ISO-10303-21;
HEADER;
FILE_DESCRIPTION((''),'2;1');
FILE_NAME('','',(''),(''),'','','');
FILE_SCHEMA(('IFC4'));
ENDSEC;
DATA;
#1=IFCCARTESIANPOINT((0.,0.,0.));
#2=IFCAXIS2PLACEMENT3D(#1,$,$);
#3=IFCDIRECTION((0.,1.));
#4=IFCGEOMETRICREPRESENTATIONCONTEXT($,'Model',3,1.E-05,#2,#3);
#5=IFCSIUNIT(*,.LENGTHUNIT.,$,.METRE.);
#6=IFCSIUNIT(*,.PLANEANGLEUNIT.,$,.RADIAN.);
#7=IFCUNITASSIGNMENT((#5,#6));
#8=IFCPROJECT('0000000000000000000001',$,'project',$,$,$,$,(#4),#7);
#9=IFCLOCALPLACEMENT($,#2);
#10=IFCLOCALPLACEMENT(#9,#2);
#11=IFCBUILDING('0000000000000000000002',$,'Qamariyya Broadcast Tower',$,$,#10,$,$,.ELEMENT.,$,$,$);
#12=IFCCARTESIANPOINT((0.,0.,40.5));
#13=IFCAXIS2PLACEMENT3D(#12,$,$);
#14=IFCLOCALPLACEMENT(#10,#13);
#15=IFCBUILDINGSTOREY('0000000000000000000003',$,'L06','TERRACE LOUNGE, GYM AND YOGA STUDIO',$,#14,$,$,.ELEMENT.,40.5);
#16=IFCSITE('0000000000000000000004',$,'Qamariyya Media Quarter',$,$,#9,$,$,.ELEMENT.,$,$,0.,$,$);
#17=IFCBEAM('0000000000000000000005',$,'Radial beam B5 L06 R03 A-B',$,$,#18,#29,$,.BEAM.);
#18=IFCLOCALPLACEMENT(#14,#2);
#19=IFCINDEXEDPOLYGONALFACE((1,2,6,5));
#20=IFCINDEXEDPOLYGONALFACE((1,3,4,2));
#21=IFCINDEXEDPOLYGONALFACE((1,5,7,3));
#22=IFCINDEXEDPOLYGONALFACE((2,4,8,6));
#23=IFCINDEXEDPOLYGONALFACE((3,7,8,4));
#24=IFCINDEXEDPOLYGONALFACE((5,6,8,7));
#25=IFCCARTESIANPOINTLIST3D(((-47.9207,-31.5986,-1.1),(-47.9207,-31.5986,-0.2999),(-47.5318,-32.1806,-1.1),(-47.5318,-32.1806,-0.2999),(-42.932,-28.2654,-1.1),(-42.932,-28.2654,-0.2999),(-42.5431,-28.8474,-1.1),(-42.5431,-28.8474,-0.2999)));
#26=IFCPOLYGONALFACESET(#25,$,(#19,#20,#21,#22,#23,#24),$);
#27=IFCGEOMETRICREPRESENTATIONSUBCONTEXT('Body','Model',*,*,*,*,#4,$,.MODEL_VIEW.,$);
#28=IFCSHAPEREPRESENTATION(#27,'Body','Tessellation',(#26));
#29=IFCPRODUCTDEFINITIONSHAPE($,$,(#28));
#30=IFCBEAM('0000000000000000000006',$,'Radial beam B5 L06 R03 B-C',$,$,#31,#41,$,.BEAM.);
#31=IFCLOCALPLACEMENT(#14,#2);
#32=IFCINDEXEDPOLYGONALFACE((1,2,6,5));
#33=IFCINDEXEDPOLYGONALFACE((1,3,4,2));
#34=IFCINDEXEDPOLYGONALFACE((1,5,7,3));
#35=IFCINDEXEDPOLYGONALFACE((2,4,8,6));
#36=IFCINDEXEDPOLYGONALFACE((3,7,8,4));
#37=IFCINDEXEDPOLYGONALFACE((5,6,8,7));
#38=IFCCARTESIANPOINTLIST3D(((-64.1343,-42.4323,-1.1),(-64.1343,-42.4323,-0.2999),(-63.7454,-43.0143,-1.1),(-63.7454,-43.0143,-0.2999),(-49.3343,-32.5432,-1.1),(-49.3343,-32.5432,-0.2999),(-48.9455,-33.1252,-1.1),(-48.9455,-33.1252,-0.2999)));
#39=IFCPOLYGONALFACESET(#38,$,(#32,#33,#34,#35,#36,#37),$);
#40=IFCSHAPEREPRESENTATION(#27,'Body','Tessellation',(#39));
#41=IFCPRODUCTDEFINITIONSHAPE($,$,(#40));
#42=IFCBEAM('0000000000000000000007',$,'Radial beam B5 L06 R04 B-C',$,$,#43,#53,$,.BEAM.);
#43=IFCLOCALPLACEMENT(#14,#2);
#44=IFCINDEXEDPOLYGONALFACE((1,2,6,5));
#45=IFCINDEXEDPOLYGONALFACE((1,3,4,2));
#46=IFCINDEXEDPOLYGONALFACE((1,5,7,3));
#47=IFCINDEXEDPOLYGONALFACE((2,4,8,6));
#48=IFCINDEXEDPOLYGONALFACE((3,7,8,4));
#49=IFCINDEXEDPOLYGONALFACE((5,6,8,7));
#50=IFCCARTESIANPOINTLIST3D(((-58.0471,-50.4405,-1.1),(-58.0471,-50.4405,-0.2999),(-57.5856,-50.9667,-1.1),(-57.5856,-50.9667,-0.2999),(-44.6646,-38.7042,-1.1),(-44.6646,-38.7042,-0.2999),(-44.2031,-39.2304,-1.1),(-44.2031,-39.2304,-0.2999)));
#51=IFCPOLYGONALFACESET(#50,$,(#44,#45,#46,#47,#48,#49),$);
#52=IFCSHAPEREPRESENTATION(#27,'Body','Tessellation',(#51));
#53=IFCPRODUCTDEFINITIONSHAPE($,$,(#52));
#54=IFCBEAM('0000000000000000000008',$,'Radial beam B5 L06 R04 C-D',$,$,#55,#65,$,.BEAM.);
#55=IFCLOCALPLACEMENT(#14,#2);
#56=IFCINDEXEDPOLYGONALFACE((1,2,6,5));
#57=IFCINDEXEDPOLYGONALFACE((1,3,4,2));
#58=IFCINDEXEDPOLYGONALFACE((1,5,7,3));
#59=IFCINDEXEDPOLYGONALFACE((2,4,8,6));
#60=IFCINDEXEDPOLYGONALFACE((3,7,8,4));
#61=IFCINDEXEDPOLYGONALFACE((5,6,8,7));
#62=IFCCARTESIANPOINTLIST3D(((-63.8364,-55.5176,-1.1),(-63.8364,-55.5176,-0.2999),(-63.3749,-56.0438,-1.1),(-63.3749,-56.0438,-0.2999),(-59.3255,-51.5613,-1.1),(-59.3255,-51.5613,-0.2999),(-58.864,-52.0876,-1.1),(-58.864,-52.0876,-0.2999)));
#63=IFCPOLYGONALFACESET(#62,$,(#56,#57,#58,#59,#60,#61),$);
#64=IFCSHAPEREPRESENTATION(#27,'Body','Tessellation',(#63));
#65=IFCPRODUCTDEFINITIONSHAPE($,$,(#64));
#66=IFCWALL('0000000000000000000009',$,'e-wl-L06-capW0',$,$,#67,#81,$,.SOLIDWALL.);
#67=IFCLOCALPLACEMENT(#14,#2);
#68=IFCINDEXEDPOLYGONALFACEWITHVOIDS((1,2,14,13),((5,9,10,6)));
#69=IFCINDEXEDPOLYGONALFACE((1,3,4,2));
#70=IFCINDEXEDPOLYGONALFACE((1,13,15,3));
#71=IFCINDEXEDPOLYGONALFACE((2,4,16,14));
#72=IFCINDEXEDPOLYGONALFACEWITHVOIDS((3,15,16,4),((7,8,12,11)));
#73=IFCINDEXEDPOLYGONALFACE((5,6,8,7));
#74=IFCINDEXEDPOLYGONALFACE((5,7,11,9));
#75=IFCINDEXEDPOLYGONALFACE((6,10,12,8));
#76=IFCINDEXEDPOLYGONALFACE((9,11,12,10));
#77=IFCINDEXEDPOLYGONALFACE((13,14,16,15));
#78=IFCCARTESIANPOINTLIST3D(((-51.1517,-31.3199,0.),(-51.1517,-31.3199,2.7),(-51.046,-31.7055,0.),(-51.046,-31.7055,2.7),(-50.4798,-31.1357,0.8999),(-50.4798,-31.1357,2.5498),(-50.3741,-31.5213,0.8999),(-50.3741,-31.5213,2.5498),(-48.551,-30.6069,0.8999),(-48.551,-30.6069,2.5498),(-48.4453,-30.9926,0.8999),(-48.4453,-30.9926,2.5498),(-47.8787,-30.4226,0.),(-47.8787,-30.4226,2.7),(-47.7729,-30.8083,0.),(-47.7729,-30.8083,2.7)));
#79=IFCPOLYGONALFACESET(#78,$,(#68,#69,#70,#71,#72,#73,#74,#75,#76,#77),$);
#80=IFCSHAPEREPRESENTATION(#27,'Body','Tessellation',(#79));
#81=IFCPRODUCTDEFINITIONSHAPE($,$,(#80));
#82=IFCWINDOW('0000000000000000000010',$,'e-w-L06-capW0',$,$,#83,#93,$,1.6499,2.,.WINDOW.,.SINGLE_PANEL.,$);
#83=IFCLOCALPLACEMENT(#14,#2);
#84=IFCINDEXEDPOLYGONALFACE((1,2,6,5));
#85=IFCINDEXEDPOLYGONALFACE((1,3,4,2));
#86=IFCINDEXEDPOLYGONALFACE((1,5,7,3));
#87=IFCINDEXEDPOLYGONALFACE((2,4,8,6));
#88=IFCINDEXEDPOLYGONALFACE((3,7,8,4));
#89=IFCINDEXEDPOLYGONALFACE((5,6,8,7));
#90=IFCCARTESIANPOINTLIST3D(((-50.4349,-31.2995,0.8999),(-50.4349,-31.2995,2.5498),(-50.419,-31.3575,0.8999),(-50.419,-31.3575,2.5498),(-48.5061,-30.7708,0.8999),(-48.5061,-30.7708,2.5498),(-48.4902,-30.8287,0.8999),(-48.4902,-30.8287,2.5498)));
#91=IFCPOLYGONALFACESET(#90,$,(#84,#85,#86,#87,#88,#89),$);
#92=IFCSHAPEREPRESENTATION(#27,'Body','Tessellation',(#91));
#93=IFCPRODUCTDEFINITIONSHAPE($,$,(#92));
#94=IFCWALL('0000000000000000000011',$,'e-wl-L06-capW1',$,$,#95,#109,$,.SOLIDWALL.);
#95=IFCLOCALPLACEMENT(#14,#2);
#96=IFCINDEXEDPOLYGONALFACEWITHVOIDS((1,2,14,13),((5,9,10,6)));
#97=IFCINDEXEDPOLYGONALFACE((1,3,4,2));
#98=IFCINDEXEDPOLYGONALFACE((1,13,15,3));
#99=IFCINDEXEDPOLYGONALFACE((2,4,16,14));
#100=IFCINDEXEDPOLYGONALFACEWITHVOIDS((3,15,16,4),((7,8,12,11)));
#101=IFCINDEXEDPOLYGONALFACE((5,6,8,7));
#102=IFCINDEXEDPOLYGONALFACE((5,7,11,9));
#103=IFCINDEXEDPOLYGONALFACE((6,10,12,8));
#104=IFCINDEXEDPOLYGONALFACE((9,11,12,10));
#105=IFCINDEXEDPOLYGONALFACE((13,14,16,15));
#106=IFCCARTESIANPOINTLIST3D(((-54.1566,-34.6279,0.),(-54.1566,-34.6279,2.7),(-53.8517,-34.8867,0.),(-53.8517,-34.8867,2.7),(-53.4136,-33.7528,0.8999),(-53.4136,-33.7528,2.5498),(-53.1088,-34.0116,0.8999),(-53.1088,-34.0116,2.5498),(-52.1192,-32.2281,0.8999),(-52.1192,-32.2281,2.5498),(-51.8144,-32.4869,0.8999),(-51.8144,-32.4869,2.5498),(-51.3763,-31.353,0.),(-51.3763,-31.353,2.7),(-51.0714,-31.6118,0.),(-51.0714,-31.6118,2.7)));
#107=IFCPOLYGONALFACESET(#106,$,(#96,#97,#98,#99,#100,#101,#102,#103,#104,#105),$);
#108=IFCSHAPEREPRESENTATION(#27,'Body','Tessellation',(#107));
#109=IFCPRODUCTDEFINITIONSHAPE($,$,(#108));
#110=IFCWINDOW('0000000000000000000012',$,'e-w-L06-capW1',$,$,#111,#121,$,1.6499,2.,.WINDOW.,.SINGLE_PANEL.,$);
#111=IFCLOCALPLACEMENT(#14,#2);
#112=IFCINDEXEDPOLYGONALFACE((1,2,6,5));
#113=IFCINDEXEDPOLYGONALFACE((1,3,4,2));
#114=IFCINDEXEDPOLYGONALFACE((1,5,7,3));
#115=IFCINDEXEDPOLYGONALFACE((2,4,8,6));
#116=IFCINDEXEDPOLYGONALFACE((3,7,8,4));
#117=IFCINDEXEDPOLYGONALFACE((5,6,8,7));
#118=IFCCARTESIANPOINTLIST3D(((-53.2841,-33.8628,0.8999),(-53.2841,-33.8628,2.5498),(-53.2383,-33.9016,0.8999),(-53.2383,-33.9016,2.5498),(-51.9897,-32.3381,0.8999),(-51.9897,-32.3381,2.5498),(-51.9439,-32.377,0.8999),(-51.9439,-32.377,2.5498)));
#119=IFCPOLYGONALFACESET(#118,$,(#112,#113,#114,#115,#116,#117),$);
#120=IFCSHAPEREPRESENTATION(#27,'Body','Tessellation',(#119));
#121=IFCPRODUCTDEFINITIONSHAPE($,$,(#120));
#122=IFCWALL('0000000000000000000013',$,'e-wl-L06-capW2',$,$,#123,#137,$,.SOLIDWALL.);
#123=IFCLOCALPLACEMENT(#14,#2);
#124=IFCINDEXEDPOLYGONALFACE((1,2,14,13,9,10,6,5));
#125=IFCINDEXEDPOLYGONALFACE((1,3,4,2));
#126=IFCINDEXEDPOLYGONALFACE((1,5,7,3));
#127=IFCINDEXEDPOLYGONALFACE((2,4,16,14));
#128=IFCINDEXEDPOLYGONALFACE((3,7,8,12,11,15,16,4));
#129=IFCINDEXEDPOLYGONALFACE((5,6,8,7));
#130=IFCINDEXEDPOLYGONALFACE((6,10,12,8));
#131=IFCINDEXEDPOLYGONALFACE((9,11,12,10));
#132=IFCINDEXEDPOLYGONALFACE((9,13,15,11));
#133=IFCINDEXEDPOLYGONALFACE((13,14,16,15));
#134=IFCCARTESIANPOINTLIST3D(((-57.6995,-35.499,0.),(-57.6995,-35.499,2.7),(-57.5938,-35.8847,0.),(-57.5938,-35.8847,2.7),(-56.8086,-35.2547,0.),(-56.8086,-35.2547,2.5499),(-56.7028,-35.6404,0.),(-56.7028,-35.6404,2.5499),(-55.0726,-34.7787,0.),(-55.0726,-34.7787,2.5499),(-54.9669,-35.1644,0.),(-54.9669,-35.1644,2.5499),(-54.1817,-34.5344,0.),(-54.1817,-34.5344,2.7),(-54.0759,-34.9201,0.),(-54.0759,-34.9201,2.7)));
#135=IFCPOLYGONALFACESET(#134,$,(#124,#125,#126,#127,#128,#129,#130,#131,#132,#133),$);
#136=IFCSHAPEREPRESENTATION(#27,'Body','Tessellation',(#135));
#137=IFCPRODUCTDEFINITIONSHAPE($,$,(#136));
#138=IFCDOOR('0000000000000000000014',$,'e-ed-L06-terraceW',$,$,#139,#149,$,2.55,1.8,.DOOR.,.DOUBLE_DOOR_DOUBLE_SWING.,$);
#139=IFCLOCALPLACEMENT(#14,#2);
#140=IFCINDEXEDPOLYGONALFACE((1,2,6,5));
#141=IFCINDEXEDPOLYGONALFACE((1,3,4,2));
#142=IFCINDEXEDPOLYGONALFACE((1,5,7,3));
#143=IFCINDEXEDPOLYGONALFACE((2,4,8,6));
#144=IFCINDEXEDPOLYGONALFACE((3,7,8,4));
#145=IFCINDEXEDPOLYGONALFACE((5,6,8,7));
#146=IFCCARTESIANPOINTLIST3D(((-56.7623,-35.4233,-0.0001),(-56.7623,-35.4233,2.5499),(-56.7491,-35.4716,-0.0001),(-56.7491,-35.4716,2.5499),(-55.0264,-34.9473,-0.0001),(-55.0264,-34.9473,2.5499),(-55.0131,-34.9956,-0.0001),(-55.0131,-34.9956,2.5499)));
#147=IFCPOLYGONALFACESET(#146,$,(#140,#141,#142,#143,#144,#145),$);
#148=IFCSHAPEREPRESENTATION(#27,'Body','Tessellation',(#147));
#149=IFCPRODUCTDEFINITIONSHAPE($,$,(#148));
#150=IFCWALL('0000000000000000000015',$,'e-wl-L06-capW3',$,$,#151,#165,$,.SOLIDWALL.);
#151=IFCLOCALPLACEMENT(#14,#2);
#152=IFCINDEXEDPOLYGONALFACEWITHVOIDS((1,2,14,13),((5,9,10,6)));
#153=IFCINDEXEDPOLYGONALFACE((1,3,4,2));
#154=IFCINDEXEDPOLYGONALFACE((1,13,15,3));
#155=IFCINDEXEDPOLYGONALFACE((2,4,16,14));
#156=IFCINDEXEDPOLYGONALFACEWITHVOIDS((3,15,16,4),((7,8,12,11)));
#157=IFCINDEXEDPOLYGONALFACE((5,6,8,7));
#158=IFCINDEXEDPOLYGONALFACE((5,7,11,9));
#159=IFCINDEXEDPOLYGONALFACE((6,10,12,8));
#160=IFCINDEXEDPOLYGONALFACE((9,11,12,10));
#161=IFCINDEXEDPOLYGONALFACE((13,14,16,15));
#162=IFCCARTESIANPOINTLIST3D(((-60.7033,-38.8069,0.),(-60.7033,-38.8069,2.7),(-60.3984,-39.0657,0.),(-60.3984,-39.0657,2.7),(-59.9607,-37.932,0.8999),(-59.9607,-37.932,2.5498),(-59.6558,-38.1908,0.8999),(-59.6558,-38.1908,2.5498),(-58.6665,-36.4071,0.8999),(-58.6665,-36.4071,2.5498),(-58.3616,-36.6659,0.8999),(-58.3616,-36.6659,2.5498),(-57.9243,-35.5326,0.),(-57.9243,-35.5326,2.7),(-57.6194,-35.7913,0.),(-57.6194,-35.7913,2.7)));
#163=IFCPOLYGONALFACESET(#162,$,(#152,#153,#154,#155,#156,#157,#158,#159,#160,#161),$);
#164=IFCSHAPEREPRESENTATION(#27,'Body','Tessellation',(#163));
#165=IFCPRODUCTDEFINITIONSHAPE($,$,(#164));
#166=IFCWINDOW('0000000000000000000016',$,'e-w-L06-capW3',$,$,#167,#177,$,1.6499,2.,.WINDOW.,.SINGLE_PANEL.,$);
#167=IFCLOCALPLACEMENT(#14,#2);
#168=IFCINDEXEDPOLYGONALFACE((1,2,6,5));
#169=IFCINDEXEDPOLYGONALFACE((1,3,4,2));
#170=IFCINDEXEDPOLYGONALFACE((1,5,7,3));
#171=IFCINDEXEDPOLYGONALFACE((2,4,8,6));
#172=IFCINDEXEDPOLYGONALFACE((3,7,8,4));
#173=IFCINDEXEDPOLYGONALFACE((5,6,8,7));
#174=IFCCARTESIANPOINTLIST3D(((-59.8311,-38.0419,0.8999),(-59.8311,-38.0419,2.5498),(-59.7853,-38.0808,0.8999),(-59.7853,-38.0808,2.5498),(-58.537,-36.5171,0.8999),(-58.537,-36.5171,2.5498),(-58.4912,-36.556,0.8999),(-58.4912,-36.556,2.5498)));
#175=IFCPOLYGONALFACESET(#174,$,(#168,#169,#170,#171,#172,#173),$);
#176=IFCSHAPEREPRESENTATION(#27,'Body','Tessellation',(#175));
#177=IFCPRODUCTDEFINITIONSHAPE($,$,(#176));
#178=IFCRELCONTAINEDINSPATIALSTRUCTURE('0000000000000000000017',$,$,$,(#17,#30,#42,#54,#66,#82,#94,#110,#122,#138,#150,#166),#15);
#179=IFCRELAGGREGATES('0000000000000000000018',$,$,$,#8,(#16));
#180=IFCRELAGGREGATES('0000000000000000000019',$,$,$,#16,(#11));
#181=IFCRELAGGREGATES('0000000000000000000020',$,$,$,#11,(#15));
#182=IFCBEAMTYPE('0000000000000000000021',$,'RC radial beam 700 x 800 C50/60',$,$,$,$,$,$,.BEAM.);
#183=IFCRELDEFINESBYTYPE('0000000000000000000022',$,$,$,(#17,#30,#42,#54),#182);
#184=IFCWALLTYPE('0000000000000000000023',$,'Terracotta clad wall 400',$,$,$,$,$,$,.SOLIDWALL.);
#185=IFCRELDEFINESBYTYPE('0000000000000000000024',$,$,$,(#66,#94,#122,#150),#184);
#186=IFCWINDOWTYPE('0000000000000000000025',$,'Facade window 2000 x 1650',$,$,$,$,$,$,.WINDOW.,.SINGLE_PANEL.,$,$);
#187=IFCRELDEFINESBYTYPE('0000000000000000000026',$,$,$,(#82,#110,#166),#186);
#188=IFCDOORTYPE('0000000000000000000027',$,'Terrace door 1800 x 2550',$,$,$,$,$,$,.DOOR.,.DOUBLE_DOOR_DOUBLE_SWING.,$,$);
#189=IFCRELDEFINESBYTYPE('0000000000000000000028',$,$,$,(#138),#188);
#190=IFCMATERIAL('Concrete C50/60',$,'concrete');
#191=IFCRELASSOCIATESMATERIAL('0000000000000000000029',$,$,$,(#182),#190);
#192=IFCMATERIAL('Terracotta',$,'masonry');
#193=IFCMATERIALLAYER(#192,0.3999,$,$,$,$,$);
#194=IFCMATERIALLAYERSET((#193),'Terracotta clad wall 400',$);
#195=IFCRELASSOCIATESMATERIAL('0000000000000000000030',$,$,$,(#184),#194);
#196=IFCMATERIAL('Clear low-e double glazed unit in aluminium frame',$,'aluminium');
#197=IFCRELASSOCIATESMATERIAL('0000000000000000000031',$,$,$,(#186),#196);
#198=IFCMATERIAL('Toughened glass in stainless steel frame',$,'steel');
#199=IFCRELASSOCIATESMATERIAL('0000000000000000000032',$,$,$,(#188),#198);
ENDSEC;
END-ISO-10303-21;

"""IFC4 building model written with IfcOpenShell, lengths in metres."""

from ifc_helpers import new_model, si_unit, direction, frame, frame_2d, origin, origin_2d, place, context, subcontext, project, spatial, rectangle, extrude, material, layer, layer_set, material_profile, profile_set, type_object, element, fill, save


model = new_model("IFC4")

# Units and contexts
model_context = context("Model", 3, precision=1e-05, world=origin(), true_north=direction((0.0, 1.0)))
body_context = subcontext(model_context, "Body", "Model", "MODEL_VIEW")
ifc_project = project(units=[si_unit("LENGTHUNIT", "METRE"), si_unit("PLANEANGLEUNIT", "RADIAN")], contexts=[model_context])

# Site, building, storey
site_placement = place(None, origin())
site = spatial("IfcSite", under=ifc_project, at=site_placement, Name="Qamariyya Media Quarter", CompositionType="ELEMENT", RefElevation=0.0)
building_placement = place(site_placement, origin())
building = spatial("IfcBuilding", under=site, at=building_placement, Name="Qamariyya Broadcast Tower", CompositionType="ELEMENT")
storey_placement = place(building_placement, frame((0.0, 0.0, 40.5)))
storey = spatial("IfcBuildingStorey", under=building, at=storey_placement, Name="L06", Description="TERRACE LOUNGE, GYM AND YOGA STUDIO", CompositionType="ELEMENT", Elevation=40.5)

# Beams
ifc_material_1 = material(Name="Concrete C50/60", Category="concrete")
ifc_material_profile_1 = material_profile(ifc_material_1, rectangle(XDim=0.7, YDim=0.8, at=origin_2d()))
ifc_profile_set_1 = profile_set([ifc_material_profile_1], Name="Concrete C50/60")
beam_type_1 = type_object("IfcBeamType", Name="RC radial beam 700 x 800 C50/60", PredefinedType="BEAM", material=ifc_profile_set_1)
beam_1_placement = place(storey_placement, frame((-42.7375, -28.5564, -0.7), z_axis=(-0.83148, -0.555554, 0.0), x_axis=(0.555554, -0.83148, 0.0)))
element("IfcBeam", 1, at=beam_1_placement, inside=storey, type_object=beam_type_1, Name="Radial beam B5 L06 R03 A-B", PredefinedType="BEAM", context=body_context, shape_type="SweptSolid", body=[
    extrude(rectangle(XDim=0.7, YDim=0.8, at=origin_2d()), origin(), (0.0, 0.0, 1.0), 5.9998),
])
for number, where, z_axis, x_axis, name in (
    (2, (-49.1399, -32.8342, -0.7), (-0.831467, -0.555573, 0.0), (0.555573, -0.831467, 0.0), "Radial beam B5 L06 R03 B-C"),
    (3, (-44.4338, -38.9673, -0.7), (-0.751836, -0.65935, 0.0), (0.65935, -0.751836, 0.0), "Radial beam B5 L06 R04 B-C"),
):
    element("IfcBeam", number, at=place(storey_placement, frame(where, z_axis=z_axis, x_axis=x_axis)), inside=storey, type_object=beam_type_1, Name=name, PredefinedType="BEAM", context=body_context, shape_type="SweptSolid", body=[
        extrude(rectangle(XDim=0.7, YDim=0.8, at=origin_2d()), origin(), (0.0, 0.0, 1.0), 17.7998),
    ])
beam_2_placement = place(storey_placement, frame((-59.0947, -51.8245, -0.7), z_axis=(-0.751818, -0.659371, 0.0), x_axis=(0.659371, -0.751818, 0.0)))
element("IfcBeam", 4, at=beam_2_placement, inside=storey, type_object=beam_type_1, Name="Radial beam B5 L06 R04 C-D", PredefinedType="BEAM", context=body_context, shape_type="SweptSolid", body=[
    extrude(rectangle(XDim=0.7, YDim=0.8, at=origin_2d()), origin(), (0.0, 0.0, 1.0), 6.0),
])

# Walls, openings, windows
ifc_material_2 = material(Name="Terracotta", Category="masonry")
ifc_layer = layer(ifc_material_2, 0.3999)
ifc_layer_set = layer_set([ifc_layer], Name="Terracotta clad wall 400")
wall_type = type_object("IfcWallType", Name="Terracotta clad wall 400", PredefinedType="SOLIDWALL", material=ifc_layer_set)
wall_1_placement = place(storey_placement, frame((-47.8259, -30.6155, 0.0), z_axis=(0.0, 0.0, 1.0), x_axis=(-0.964419, -0.264377, 0.0)))
wall_1 = element("IfcWall", 5, at=wall_1_placement, inside=storey, type_object=wall_type, Name="e-wl-L06-capW0", PredefinedType="SOLIDWALL", context=body_context, shape_type="SweptSolid", body=[
    extrude(rectangle(XDim=3.3938, YDim=0.3999, at=frame_2d((1.6968, 0.0))), origin(), (0.0, 0.0, 1.0), 2.7),
])
opening_1_placement = place(wall_1_placement, frame((0.697, 0.0, 0.8999)))
opening_1 = element("IfcOpeningElement", 6, at=opening_1_placement, cuts=wall_1, PredefinedType="OPENING", context=body_context, shape_type="SweptSolid", body=[
    extrude(rectangle(XDim=2.0, YDim=1.6499, at=frame_2d((1.0, 0.825))), frame((0.0, 0.21, 0.0), z_axis=(0.0, -1.0, 0.0), x_axis=(1.0, 0.0, 0.0)), (0.0, 0.0, 1.0), 0.4199),
])
ifc_material_3 = material(Name="Clear low-e double glazed unit in aluminium frame", Category="aluminium")
window_type = type_object("IfcWindowType", Name="Facade window 2000 x 1650", PartitioningType="SINGLE_PANEL", PredefinedType="WINDOW", material=ifc_material_3)
window_1_placement = place(opening_1_placement, origin())
window_1 = element("IfcWindow", 7, at=window_1_placement, inside=storey, type_object=window_type, Name="e-w-L06-capW0", OverallHeight=1.6499, OverallWidth=2.0, PartitioningType="SINGLE_PANEL", PredefinedType="WINDOW", context=body_context, shape_type="SweptSolid", body=[
    extrude(rectangle(XDim=2.0, YDim=1.6499, at=frame_2d((1.0, 0.825))), frame((0.0, 0.03, 0.0), z_axis=(0.0, -1.0, 0.0), x_axis=(1.0, 0.0, 0.0)), (0.0, 0.0, 1.0), 0.0601),
])
fill(opening_1, window_1)
wall_2_placement = place(storey_placement, frame((-51.2239, -31.4824, 0.0), z_axis=(0.0, 0.0, 1.0), x_axis=(-0.64719, -0.762329, 0.0)))
wall_2 = element("IfcWall", 8, at=wall_2_placement, inside=storey, type_object=wall_type, Name="e-wl-L06-capW1", PredefinedType="SOLIDWALL", context=body_context, shape_type="SweptSolid", body=[
    extrude(rectangle(XDim=4.2959, YDim=0.3999, at=frame_2d((2.1479, 0.0))), origin(), (0.0, 0.0, 1.0), 2.7),
])
opening_2_placement = place(wall_2_placement, frame((1.1479, 0.0, 0.8999)))
opening_2 = element("IfcOpeningElement", 9, at=opening_2_placement, cuts=wall_2, PredefinedType="OPENING", context=body_context, shape_type="SweptSolid", body=[
    extrude(rectangle(XDim=2.0, YDim=1.6499, at=frame_2d((1.0, 0.825))), frame((0.0, 0.21, 0.0), z_axis=(0.0, -1.0, 0.0), x_axis=(1.0, 0.0, 0.0)), (0.0, 0.0, 1.0), 0.4199),
])
window_2_placement = place(opening_2_placement, origin())
window_2 = element("IfcWindow", 10, at=window_2_placement, inside=storey, type_object=window_type, Name="e-w-L06-capW1", OverallHeight=1.6499, OverallWidth=2.0, PartitioningType="SINGLE_PANEL", PredefinedType="WINDOW", context=body_context, shape_type="SweptSolid", body=[
    extrude(rectangle(XDim=2.0, YDim=1.6499, at=frame_2d((1.0, 0.825))), frame((0.0, 0.03, 0.0), z_axis=(0.0, -1.0, 0.0), x_axis=(1.0, 0.0, 0.0)), (0.0, 0.0, 1.0), 0.0601),
])
fill(opening_2, window_2)

# Wall, opening, door
wall_3_placement = place(storey_placement, frame((-54.1289, -34.7273, 0.0), z_axis=(0.0, 0.0, 1.0), x_axis=(-0.964401, -0.264442, 0.0)))
wall_3 = element("IfcWall", 11, at=wall_3_placement, inside=storey, type_object=wall_type, Name="e-wl-L06-capW2", PredefinedType="SOLIDWALL", context=body_context, shape_type="SweptSolid", body=[
    extrude(rectangle(XDim=3.6477, YDim=0.3999, at=frame_2d((1.8237, 0.0))), origin(), (0.0, 0.0, 1.0), 2.7),
])
opening_3_placement = place(wall_3_placement, frame((0.9238, 0.0, 0.0)))
opening_3 = element("IfcOpeningElement", 12, at=opening_3_placement, cuts=wall_3, PredefinedType="OPENING", context=body_context, shape_type="SweptSolid", body=[
    extrude(rectangle(XDim=1.8, YDim=2.55, at=frame_2d((0.8999, 1.2749))), frame((0.0, 0.21, 0.0), z_axis=(0.0, -1.0, 0.0), x_axis=(1.0, 0.0, 0.0)), (0.0, 0.0, 1.0), 0.4199),
])
ifc_material_4 = material(Name="Toughened glass in stainless steel frame", Category="steel")
door_type = type_object("IfcDoorType", Name="Terrace door 1800 x 2550", OperationType="DOUBLE_DOOR_DOUBLE_SWING", PredefinedType="DOOR", material=ifc_material_4)
door_placement = place(opening_3_placement, origin())
door = element("IfcDoor", 13, at=door_placement, inside=storey, type_object=door_type, Name="e-ed-L06-terraceW", OperationType="DOUBLE_DOOR_DOUBLE_SWING", OverallHeight=2.55, OverallWidth=1.8, PredefinedType="DOOR", context=body_context, shape_type="SweptSolid", body=[
    extrude(rectangle(XDim=1.8, YDim=2.55, at=frame_2d((0.8999, 1.2749))), frame((0.0, 0.0249, 0.0), z_axis=(0.0, -1.0, 0.0), x_axis=(1.0, 0.0, 0.0)), (0.0, 0.0, 1.0), 0.05),
])
fill(opening_3, door)

# Wall, opening, window
wall_4_placement = place(storey_placement, frame((-57.7717, -35.6619, 0.0), z_axis=(0.0, 0.0, 1.0), x_axis=(-0.647081, -0.762422, 0.0)))
wall_4 = element("IfcWall", 14, at=wall_4_placement, inside=storey, type_object=wall_type, Name="e-wl-L06-capW3", PredefinedType="SOLIDWALL", context=body_context, shape_type="SweptSolid", body=[
    extrude(rectangle(XDim=4.2947, YDim=0.3999, at=frame_2d((2.1475, 0.0))), origin(), (0.0, 0.0, 1.0), 2.7),
])
opening_4_placement = place(wall_4_placement, frame((1.1472, 0.0, 0.8999)))
opening_4 = element("IfcOpeningElement", 15, at=opening_4_placement, cuts=wall_4, PredefinedType="OPENING", context=body_context, shape_type="SweptSolid", body=[
    extrude(rectangle(XDim=2.0, YDim=1.6499, at=frame_2d((1.0, 0.825))), frame((0.0, 0.21, 0.0), z_axis=(0.0, -1.0, 0.0), x_axis=(1.0, 0.0, 0.0)), (0.0, 0.0, 1.0), 0.4199),
])
window_3_placement = place(opening_4_placement, origin())
window_3 = element("IfcWindow", 16, at=window_3_placement, inside=storey, type_object=window_type, Name="e-w-L06-capW3", OverallHeight=1.6499, OverallWidth=2.0, PartitioningType="SINGLE_PANEL", PredefinedType="WINDOW", context=body_context, shape_type="SweptSolid", body=[
    extrude(rectangle(XDim=2.0, YDim=1.6499, at=frame_2d((1.0, 0.825))), frame((0.0, 0.03, 0.0), z_axis=(0.0, -1.0, 0.0), x_axis=(1.0, 0.0, 0.0)), (0.0, 0.0, 1.0), 0.0601),
])
fill(opening_4, window_3)

save(model, "model.ifc")
